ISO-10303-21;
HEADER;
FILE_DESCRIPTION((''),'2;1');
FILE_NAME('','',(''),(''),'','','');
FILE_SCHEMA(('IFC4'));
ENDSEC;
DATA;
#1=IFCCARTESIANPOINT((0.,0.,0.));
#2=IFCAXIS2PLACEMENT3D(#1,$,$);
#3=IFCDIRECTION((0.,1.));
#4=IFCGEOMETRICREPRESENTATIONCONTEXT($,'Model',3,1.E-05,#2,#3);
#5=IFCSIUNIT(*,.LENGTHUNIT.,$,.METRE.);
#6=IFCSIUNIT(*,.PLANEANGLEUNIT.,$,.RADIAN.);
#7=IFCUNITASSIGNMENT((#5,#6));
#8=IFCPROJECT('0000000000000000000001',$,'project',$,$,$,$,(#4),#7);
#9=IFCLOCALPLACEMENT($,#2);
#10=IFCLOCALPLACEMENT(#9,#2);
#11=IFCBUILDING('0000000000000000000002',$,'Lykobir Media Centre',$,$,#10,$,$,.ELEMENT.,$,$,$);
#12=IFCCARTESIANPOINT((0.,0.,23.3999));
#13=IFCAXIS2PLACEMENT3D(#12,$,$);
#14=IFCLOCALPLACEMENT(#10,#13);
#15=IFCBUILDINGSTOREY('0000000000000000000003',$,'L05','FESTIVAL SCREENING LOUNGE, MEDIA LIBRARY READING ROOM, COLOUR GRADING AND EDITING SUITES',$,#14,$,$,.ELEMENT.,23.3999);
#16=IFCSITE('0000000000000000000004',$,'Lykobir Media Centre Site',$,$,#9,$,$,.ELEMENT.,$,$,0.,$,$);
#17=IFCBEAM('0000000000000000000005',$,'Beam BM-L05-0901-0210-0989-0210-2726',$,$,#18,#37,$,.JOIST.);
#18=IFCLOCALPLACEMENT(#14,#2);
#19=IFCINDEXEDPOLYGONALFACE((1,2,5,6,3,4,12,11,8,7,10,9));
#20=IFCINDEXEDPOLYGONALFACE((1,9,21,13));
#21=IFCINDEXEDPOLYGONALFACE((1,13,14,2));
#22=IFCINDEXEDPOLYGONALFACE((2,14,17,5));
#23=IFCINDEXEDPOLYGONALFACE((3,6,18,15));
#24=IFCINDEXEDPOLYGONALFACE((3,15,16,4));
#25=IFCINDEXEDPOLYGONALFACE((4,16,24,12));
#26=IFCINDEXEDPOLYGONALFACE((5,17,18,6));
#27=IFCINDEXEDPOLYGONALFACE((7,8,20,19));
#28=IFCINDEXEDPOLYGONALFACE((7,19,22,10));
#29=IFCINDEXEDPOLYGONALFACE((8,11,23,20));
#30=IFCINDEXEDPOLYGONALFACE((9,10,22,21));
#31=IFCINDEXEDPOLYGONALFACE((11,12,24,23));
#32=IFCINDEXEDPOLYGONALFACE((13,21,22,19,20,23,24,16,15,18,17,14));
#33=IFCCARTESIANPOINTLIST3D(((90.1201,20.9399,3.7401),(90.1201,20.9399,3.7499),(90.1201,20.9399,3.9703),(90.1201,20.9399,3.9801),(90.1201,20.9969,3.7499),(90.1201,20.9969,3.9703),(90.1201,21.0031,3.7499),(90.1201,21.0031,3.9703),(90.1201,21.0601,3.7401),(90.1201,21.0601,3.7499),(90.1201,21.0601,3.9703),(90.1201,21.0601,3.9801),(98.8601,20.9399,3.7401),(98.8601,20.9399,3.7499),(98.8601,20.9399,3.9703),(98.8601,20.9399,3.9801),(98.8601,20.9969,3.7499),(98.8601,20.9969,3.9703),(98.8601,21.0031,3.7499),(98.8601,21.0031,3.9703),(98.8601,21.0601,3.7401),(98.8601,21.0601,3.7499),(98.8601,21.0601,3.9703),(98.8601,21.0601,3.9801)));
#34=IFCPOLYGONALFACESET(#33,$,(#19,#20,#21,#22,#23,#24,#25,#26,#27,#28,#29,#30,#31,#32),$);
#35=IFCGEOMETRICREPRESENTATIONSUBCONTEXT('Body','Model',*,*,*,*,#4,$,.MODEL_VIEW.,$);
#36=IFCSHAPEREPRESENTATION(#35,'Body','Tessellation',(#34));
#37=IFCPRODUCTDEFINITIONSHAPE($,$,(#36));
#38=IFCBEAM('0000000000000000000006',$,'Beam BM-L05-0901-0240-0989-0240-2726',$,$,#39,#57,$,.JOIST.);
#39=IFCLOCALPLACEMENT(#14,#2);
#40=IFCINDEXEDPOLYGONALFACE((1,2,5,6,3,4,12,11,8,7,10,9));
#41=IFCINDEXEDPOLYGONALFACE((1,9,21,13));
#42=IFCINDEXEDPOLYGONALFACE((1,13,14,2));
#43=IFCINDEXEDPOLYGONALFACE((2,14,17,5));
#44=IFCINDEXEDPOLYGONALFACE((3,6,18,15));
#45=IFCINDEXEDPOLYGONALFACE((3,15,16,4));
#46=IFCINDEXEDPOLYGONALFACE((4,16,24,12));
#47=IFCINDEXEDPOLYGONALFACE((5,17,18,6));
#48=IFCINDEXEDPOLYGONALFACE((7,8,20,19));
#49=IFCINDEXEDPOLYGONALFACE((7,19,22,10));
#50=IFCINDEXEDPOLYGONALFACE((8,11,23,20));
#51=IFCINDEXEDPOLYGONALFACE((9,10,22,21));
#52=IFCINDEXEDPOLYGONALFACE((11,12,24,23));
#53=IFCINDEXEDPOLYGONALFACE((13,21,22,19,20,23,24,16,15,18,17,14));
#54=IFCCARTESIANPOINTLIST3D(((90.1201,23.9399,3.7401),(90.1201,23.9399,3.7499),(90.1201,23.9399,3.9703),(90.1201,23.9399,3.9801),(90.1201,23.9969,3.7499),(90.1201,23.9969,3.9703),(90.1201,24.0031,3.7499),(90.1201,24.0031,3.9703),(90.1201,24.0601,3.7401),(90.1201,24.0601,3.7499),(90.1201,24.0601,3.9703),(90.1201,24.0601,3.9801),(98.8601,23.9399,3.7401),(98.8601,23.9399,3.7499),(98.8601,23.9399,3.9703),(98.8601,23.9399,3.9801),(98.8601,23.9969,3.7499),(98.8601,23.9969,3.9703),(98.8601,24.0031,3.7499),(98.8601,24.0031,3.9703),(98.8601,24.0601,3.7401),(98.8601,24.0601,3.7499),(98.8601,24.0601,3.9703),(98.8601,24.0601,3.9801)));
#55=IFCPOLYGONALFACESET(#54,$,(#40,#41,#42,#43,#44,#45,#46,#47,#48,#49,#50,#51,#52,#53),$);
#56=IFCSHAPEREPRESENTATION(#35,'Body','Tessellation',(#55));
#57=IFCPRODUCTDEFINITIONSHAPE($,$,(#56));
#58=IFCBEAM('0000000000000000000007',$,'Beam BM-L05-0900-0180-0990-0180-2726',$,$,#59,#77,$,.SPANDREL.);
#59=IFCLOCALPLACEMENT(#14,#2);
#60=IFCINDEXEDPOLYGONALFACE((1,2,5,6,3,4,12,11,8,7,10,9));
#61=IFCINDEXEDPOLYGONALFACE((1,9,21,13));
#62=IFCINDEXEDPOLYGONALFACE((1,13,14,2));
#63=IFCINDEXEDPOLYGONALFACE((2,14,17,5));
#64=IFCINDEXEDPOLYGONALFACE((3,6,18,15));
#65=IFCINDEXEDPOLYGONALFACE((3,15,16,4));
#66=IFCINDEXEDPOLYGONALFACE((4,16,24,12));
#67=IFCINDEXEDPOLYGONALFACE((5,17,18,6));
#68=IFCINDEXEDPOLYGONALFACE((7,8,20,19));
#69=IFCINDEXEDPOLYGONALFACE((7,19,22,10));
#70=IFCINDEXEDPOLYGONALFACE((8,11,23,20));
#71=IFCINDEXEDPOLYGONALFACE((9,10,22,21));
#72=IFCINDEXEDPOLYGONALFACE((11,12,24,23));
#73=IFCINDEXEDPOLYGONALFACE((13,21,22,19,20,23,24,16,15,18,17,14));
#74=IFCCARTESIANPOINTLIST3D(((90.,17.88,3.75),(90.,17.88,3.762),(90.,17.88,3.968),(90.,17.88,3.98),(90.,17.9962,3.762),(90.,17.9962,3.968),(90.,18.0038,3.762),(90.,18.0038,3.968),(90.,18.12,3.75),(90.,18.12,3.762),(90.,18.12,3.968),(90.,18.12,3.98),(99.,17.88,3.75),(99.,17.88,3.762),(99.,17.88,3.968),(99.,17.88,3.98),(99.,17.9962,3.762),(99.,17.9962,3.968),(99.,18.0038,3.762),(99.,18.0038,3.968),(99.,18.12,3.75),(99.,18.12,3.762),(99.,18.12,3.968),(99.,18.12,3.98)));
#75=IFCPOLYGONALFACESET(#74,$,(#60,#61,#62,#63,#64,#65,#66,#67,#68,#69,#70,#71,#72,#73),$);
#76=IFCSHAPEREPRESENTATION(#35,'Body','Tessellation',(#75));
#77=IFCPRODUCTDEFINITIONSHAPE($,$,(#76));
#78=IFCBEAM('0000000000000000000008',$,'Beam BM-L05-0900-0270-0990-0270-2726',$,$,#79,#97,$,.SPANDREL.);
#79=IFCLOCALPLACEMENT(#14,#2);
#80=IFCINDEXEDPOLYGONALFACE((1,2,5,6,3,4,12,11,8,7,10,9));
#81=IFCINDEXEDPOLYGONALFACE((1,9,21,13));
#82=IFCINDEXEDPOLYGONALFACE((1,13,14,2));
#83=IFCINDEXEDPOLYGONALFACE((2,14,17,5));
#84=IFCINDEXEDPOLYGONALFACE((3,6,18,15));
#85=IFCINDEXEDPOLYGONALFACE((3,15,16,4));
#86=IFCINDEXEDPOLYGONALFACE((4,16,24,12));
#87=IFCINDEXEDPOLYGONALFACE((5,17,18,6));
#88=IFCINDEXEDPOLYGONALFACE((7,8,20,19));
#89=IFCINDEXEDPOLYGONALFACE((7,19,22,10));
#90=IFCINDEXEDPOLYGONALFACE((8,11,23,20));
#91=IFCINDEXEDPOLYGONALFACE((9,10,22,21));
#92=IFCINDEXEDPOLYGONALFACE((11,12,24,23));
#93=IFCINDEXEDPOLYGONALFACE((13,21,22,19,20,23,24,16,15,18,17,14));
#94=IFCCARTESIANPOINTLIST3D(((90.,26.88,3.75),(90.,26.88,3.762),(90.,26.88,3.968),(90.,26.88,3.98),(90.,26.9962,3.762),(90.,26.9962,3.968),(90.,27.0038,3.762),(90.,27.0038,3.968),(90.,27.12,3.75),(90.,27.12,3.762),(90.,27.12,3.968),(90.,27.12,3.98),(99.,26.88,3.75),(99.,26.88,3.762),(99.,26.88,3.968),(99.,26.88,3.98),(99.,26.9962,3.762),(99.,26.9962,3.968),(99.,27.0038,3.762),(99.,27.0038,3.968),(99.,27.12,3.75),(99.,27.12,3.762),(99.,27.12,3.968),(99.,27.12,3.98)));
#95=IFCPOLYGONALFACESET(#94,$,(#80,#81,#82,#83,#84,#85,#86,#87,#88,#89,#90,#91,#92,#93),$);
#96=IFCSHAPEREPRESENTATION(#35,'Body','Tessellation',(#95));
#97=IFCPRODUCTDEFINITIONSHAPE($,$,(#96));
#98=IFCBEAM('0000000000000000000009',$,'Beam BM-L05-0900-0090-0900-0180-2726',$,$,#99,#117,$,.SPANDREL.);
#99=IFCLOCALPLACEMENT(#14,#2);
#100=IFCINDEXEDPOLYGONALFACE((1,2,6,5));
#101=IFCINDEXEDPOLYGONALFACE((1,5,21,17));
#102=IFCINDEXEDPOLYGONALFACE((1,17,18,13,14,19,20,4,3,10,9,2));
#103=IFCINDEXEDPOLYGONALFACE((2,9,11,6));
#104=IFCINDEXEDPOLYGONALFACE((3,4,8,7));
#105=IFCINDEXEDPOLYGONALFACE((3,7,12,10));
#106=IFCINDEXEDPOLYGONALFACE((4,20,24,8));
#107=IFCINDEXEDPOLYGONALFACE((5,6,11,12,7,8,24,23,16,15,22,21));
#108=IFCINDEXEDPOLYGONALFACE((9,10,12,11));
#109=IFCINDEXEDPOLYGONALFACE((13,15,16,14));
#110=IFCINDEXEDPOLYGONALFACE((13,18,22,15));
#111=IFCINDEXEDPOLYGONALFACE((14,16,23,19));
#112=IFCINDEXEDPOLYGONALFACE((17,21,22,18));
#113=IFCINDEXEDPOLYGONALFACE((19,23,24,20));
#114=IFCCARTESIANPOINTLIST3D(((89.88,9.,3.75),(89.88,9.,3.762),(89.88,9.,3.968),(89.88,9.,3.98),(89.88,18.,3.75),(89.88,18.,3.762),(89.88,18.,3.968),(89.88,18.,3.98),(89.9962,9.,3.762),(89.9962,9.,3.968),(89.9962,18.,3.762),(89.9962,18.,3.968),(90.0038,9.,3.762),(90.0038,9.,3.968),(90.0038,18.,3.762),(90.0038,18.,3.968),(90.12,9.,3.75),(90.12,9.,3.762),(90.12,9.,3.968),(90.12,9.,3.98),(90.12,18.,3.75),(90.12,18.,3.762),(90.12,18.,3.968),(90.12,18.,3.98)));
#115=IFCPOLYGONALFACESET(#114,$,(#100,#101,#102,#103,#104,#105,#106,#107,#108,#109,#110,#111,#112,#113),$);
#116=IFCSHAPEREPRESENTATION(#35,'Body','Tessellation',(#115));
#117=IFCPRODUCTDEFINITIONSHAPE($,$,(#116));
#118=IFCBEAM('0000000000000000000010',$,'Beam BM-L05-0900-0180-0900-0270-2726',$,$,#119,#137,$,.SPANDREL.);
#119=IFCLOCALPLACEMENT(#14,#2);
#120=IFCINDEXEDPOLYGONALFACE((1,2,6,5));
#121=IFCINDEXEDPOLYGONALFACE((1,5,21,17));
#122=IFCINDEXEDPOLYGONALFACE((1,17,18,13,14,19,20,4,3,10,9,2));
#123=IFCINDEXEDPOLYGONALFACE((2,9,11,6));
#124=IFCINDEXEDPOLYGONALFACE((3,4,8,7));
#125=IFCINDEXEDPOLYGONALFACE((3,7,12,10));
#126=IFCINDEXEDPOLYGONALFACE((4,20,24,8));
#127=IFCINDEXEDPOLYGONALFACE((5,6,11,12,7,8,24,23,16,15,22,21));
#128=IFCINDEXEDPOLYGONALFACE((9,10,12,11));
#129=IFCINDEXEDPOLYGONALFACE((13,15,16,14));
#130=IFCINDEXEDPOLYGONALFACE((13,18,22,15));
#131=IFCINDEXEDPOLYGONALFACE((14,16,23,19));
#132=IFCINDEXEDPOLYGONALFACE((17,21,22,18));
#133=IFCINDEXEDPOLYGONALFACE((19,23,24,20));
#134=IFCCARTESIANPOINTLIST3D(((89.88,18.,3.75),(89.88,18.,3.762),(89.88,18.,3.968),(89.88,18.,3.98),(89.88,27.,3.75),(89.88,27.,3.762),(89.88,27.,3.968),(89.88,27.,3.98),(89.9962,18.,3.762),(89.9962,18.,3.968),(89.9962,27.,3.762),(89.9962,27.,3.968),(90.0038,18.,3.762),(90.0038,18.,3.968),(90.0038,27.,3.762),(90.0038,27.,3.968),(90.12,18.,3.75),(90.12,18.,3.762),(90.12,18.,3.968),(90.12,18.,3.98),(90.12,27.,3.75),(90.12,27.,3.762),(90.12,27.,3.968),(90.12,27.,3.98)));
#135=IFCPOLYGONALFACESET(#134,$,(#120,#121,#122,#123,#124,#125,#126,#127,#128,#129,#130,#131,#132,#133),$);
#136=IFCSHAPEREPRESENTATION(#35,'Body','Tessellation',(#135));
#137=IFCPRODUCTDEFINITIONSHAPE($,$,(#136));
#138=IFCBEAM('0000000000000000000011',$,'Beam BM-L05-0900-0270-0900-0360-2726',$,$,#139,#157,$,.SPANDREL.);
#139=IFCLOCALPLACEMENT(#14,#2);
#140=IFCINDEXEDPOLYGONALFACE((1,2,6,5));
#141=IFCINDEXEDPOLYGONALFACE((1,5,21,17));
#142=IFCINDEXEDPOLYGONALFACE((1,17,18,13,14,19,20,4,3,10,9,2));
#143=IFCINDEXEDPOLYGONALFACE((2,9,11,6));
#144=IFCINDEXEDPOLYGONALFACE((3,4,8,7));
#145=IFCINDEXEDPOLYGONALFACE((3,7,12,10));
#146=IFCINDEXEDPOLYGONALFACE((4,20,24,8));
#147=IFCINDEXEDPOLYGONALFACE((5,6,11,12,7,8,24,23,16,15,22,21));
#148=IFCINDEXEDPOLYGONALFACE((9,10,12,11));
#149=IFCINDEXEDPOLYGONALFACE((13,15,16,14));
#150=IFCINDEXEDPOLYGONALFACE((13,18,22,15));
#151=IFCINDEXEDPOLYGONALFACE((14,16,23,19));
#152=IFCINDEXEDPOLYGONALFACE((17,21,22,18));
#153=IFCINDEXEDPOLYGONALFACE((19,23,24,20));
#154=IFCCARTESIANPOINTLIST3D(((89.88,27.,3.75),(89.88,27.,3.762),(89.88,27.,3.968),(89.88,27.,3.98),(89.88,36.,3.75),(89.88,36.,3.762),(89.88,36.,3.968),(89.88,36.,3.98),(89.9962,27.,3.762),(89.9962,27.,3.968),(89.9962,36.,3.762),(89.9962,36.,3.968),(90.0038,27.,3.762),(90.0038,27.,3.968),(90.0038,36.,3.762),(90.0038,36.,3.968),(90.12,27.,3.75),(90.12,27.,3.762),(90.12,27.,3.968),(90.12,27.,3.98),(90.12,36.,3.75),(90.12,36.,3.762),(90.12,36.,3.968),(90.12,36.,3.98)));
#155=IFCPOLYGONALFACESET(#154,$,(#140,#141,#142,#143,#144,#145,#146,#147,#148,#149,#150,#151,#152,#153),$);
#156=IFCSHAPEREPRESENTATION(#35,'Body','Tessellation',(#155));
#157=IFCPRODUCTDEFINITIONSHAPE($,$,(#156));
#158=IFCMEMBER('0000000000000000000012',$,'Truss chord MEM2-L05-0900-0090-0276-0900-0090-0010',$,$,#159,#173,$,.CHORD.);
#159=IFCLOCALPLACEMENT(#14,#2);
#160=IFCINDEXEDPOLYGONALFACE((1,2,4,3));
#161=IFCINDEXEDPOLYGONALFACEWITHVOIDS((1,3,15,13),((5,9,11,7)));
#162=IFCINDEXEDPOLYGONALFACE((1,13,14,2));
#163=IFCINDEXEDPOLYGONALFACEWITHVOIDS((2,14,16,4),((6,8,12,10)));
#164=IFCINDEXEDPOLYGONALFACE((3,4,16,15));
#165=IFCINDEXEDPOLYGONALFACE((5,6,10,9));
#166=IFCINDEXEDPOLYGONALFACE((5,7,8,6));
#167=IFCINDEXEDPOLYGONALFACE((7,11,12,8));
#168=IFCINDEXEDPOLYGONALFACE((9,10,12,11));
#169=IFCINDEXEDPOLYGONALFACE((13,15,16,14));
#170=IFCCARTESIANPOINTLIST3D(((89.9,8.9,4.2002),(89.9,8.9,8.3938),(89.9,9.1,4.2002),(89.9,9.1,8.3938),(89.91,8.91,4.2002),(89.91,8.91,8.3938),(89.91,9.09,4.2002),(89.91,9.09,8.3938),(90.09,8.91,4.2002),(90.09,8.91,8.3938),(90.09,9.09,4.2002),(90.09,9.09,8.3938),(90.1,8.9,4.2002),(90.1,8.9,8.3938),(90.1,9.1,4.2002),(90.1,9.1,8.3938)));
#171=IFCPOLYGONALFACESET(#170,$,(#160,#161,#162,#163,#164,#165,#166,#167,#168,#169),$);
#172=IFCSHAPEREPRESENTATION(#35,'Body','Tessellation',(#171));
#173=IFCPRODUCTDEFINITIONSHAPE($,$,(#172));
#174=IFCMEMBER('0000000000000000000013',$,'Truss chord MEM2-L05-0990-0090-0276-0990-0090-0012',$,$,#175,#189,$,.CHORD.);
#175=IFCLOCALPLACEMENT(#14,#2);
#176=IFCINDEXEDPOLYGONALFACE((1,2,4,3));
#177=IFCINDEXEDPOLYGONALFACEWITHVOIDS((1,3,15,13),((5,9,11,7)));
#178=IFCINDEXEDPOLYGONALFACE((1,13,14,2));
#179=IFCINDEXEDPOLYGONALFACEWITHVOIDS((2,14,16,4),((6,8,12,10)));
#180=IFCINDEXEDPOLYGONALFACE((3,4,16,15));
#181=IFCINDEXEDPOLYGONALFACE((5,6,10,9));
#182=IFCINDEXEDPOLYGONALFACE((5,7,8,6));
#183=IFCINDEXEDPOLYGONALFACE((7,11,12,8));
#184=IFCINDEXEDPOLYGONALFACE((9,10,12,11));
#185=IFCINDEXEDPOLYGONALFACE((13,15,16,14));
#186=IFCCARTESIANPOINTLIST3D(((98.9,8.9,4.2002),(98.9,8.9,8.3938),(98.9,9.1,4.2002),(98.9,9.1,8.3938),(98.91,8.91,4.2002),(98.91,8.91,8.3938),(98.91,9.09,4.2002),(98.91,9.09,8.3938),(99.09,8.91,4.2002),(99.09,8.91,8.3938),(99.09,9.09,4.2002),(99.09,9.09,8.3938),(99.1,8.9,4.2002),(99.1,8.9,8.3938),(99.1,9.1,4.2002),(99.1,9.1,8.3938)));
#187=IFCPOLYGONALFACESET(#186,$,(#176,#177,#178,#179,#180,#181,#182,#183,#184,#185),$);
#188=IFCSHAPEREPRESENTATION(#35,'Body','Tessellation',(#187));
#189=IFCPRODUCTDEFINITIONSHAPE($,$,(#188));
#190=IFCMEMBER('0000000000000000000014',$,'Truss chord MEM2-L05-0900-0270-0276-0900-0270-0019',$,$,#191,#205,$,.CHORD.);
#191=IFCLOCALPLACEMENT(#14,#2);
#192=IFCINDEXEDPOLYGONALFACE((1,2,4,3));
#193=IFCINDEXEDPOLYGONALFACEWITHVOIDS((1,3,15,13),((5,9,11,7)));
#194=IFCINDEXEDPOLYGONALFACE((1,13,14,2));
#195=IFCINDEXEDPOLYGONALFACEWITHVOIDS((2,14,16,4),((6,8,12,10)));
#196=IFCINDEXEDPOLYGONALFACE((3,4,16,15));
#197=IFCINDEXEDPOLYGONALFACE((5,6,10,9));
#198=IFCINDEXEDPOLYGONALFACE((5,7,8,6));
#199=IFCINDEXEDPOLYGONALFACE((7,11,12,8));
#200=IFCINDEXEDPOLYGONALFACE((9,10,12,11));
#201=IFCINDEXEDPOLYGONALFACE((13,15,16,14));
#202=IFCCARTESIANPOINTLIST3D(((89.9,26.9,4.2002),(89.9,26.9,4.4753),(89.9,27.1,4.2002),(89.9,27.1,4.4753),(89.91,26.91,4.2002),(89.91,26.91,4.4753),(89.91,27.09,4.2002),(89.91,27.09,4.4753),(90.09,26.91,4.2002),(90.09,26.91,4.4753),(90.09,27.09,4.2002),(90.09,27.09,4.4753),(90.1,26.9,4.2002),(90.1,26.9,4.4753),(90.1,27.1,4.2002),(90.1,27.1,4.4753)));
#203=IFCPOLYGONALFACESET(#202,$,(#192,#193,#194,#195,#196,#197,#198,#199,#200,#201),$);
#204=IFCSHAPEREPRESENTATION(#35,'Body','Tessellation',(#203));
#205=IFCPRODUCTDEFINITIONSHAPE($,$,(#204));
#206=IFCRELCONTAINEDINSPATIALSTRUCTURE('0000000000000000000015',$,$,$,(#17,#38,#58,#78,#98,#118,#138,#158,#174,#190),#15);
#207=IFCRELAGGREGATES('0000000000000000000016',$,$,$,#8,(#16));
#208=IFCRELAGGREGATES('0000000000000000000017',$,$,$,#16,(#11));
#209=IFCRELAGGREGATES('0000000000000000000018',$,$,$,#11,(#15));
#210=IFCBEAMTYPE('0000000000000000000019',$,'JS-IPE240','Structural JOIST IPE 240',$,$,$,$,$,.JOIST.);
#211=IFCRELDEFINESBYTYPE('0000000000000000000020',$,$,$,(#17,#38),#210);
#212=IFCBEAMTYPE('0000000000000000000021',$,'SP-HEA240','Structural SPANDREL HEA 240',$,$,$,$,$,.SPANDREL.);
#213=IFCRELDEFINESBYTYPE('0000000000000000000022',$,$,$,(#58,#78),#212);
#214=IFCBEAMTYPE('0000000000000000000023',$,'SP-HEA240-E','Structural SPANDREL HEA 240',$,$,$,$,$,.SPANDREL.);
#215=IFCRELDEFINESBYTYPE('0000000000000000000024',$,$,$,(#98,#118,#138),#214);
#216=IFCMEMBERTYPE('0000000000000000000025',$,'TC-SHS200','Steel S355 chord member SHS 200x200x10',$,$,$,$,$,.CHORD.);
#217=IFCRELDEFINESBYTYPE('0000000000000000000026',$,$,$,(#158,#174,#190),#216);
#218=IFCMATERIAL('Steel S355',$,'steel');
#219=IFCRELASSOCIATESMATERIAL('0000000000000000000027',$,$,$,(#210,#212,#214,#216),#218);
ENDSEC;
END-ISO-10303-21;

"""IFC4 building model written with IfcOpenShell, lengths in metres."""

from ifc_helpers import new_model, si_unit, direction, frame, origin, origin_2d, place, context, subcontext, project, spatial, hollow_rectangle, i_section, extrude, material, material_profile, profile_set, type_object, element, save


model = new_model("IFC4")

# Units and contexts
model_context = context("Model", 3, precision=1e-05, world=origin(), true_north=direction((0.0, 1.0)))
body_context = subcontext(model_context, "Body", "Model", "MODEL_VIEW")
ifc_project = project(units=[si_unit("LENGTHUNIT", "METRE"), si_unit("PLANEANGLEUNIT", "RADIAN")], contexts=[model_context])

# Site, building, storey
site_placement = place(None, origin())
site = spatial("IfcSite", under=ifc_project, at=site_placement, Name="Lykobir Media Centre Site", CompositionType="ELEMENT", RefElevation=0.0)
building_placement = place(site_placement, origin())
building = spatial("IfcBuilding", under=site, at=building_placement, Name="Lykobir Media Centre", CompositionType="ELEMENT")
storey_placement = place(building_placement, frame((0.0, 0.0, 23.3999)))
storey = spatial("IfcBuildingStorey", under=building, at=storey_placement, Name="L05", Description="FESTIVAL SCREENING LOUNGE, MEDIA LIBRARY READING ROOM, COLOUR GRADING AND EDITING SUITES", CompositionType="ELEMENT", Elevation=23.3999)

# Shared definitions
ifc_material_1 = material(Name="Steel S355", Category="steel")

# Beams
ifc_material_profile_1 = material_profile(ifc_material_1, i_section(OverallWidth=0.1201, OverallDepth=0.24, WebThickness=0.0061, FlangeThickness=0.0098, at=origin_2d()), Name="IPE 240")
ifc_profile_set_1 = profile_set([ifc_material_profile_1], Name="Steel S355")
beam_type_1 = type_object("IfcBeamType", Name="JS-IPE240", Description="Structural JOIST IPE 240", PredefinedType="JOIST", material=ifc_profile_set_1)
for number, where, z_axis, x_axis, name in (
    (1, (90.1201, 21.0, 3.8601), (1.0, 0.0, 0.0), (0.0, 1.0, 0.0), "Beam BM-L05-0901-0210-0989-0210-2726"),
    (2, (90.1201, 24.0, 3.8601), (1.0, 0.0, 0.0), (0.0, 1.0, 0.0), "Beam BM-L05-0901-0240-0989-0240-2726"),
):
    element("IfcBeam", number, at=place(storey_placement, frame(where, z_axis=z_axis, x_axis=x_axis)), inside=storey, type_object=beam_type_1, Name=name, PredefinedType="JOIST", context=body_context, shape_type="SweptSolid", body=[
        extrude(i_section(OverallWidth=0.1201, OverallDepth=0.24, WebThickness=0.0061, FlangeThickness=0.0098, at=origin_2d()), origin(), (0.0, 0.0, 1.0), 8.74),
    ])
ifc_material_profile_2 = material_profile(ifc_material_1, i_section(OverallWidth=0.24, OverallDepth=0.23, WebThickness=0.0076, FlangeThickness=0.012, at=origin_2d()), Name="HEA 240")
ifc_profile_set_2 = profile_set([ifc_material_profile_2], Name="Steel S355")
beam_type_2 = type_object("IfcBeamType", Name="SP-HEA240", Description="Structural SPANDREL HEA 240", PredefinedType="SPANDREL", material=ifc_profile_set_2)
for number, where, z_axis, x_axis, name in (
    (3, (90.0, 18.0, 3.865), (1.0, 0.0, 0.0), (0.0, 1.0, 0.0), "Beam BM-L05-0900-0180-0990-0180-2726"),
    (4, (90.0, 27.0, 3.865), (1.0, 0.0, 0.0), (0.0, 1.0, 0.0), "Beam BM-L05-0900-0270-0990-0270-2726"),
):
    element("IfcBeam", number, at=place(storey_placement, frame(where, z_axis=z_axis, x_axis=x_axis)), inside=storey, type_object=beam_type_2, Name=name, PredefinedType="SPANDREL", context=body_context, shape_type="SweptSolid", body=[
        extrude(i_section(OverallWidth=0.24, OverallDepth=0.23, WebThickness=0.0076, FlangeThickness=0.012, at=origin_2d()), origin(), (0.0, 0.0, 1.0), 9.0),
    ])
ifc_material_profile_3 = material_profile(ifc_material_1, i_section(OverallWidth=0.24, OverallDepth=0.23, WebThickness=0.0076, FlangeThickness=0.012, at=origin_2d()), Name="HEA 240")
ifc_profile_set_3 = profile_set([ifc_material_profile_3], Name="Steel S355")
beam_type_3 = type_object("IfcBeamType", Name="SP-HEA240-E", Description="Structural SPANDREL HEA 240", PredefinedType="SPANDREL", material=ifc_profile_set_3)
for number, where, z_axis, x_axis, name in (
    (5, (90.0, 9.0, 3.865), (0.0, 1.0, 0.0), (-1.0, 0.0, 0.0), "Beam BM-L05-0900-0090-0900-0180-2726"),
    (6, (90.0, 18.0, 3.865), (0.0, 1.0, 0.0), (-1.0, 0.0, 0.0), "Beam BM-L05-0900-0180-0900-0270-2726"),
    (7, (90.0, 27.0, 3.865), (0.0, 1.0, 0.0), (-1.0, 0.0, 0.0), "Beam BM-L05-0900-0270-0900-0360-2726"),
):
    element("IfcBeam", number, at=place(storey_placement, frame(where, z_axis=z_axis, x_axis=x_axis)), inside=storey, type_object=beam_type_3, Name=name, PredefinedType="SPANDREL", context=body_context, shape_type="SweptSolid", body=[
        extrude(i_section(OverallWidth=0.24, OverallDepth=0.23, WebThickness=0.0076, FlangeThickness=0.012, at=origin_2d()), origin(), (0.0, 0.0, 1.0), 9.0),
    ])

# Members
ifc_material_profile_4 = material_profile(ifc_material_1, hollow_rectangle(XDim=0.2, YDim=0.2, WallThickness=0.01, at=origin_2d()), Name="SHS 200x200x10")
ifc_profile_set_4 = profile_set([ifc_material_profile_4], Name="Steel S355")
member_type = type_object("IfcMemberType", Name="TC-SHS200", Description="Steel S355 chord member SHS 200x200x10", PredefinedType="CHORD", material=ifc_profile_set_4)
for number, where, z_axis, x_axis, name in (
    (8, (90.0, 9.0, 4.2002), (0.0, 0.0, 1.0), (1.0, 0.0, 0.0), "Truss chord MEM2-L05-0900-0090-0276-0900-0090-0010"),
    (9, (99.0, 9.0, 4.2002), (0.0, 0.0, 1.0), (1.0, 0.0, 0.0), "Truss chord MEM2-L05-0990-0090-0276-0990-0090-0012"),
):
    element("IfcMember", number, at=place(storey_placement, frame(where, z_axis=z_axis, x_axis=x_axis)), inside=storey, type_object=member_type, Name=name, PredefinedType="CHORD", context=body_context, shape_type="SweptSolid", body=[
        extrude(hollow_rectangle(XDim=0.2, YDim=0.2, WallThickness=0.01, at=origin_2d()), origin(), (0.0, 0.0, 1.0), 4.1936),
    ])
member_placement = place(storey_placement, frame((90.0, 27.0, 4.2002), z_axis=(0.0, 0.0, 1.0), x_axis=(1.0, 0.0, 0.0)))
element("IfcMember", 10, at=member_placement, inside=storey, type_object=member_type, Name="Truss chord MEM2-L05-0900-0270-0276-0900-0270-0019", PredefinedType="CHORD", context=body_context, shape_type="SweptSolid", body=[
    extrude(hollow_rectangle(XDim=0.2, YDim=0.2, WallThickness=0.01, at=origin_2d()), origin(), (0.0, 0.0, 1.0), 0.2751),
])

save(model, "model.ifc")
